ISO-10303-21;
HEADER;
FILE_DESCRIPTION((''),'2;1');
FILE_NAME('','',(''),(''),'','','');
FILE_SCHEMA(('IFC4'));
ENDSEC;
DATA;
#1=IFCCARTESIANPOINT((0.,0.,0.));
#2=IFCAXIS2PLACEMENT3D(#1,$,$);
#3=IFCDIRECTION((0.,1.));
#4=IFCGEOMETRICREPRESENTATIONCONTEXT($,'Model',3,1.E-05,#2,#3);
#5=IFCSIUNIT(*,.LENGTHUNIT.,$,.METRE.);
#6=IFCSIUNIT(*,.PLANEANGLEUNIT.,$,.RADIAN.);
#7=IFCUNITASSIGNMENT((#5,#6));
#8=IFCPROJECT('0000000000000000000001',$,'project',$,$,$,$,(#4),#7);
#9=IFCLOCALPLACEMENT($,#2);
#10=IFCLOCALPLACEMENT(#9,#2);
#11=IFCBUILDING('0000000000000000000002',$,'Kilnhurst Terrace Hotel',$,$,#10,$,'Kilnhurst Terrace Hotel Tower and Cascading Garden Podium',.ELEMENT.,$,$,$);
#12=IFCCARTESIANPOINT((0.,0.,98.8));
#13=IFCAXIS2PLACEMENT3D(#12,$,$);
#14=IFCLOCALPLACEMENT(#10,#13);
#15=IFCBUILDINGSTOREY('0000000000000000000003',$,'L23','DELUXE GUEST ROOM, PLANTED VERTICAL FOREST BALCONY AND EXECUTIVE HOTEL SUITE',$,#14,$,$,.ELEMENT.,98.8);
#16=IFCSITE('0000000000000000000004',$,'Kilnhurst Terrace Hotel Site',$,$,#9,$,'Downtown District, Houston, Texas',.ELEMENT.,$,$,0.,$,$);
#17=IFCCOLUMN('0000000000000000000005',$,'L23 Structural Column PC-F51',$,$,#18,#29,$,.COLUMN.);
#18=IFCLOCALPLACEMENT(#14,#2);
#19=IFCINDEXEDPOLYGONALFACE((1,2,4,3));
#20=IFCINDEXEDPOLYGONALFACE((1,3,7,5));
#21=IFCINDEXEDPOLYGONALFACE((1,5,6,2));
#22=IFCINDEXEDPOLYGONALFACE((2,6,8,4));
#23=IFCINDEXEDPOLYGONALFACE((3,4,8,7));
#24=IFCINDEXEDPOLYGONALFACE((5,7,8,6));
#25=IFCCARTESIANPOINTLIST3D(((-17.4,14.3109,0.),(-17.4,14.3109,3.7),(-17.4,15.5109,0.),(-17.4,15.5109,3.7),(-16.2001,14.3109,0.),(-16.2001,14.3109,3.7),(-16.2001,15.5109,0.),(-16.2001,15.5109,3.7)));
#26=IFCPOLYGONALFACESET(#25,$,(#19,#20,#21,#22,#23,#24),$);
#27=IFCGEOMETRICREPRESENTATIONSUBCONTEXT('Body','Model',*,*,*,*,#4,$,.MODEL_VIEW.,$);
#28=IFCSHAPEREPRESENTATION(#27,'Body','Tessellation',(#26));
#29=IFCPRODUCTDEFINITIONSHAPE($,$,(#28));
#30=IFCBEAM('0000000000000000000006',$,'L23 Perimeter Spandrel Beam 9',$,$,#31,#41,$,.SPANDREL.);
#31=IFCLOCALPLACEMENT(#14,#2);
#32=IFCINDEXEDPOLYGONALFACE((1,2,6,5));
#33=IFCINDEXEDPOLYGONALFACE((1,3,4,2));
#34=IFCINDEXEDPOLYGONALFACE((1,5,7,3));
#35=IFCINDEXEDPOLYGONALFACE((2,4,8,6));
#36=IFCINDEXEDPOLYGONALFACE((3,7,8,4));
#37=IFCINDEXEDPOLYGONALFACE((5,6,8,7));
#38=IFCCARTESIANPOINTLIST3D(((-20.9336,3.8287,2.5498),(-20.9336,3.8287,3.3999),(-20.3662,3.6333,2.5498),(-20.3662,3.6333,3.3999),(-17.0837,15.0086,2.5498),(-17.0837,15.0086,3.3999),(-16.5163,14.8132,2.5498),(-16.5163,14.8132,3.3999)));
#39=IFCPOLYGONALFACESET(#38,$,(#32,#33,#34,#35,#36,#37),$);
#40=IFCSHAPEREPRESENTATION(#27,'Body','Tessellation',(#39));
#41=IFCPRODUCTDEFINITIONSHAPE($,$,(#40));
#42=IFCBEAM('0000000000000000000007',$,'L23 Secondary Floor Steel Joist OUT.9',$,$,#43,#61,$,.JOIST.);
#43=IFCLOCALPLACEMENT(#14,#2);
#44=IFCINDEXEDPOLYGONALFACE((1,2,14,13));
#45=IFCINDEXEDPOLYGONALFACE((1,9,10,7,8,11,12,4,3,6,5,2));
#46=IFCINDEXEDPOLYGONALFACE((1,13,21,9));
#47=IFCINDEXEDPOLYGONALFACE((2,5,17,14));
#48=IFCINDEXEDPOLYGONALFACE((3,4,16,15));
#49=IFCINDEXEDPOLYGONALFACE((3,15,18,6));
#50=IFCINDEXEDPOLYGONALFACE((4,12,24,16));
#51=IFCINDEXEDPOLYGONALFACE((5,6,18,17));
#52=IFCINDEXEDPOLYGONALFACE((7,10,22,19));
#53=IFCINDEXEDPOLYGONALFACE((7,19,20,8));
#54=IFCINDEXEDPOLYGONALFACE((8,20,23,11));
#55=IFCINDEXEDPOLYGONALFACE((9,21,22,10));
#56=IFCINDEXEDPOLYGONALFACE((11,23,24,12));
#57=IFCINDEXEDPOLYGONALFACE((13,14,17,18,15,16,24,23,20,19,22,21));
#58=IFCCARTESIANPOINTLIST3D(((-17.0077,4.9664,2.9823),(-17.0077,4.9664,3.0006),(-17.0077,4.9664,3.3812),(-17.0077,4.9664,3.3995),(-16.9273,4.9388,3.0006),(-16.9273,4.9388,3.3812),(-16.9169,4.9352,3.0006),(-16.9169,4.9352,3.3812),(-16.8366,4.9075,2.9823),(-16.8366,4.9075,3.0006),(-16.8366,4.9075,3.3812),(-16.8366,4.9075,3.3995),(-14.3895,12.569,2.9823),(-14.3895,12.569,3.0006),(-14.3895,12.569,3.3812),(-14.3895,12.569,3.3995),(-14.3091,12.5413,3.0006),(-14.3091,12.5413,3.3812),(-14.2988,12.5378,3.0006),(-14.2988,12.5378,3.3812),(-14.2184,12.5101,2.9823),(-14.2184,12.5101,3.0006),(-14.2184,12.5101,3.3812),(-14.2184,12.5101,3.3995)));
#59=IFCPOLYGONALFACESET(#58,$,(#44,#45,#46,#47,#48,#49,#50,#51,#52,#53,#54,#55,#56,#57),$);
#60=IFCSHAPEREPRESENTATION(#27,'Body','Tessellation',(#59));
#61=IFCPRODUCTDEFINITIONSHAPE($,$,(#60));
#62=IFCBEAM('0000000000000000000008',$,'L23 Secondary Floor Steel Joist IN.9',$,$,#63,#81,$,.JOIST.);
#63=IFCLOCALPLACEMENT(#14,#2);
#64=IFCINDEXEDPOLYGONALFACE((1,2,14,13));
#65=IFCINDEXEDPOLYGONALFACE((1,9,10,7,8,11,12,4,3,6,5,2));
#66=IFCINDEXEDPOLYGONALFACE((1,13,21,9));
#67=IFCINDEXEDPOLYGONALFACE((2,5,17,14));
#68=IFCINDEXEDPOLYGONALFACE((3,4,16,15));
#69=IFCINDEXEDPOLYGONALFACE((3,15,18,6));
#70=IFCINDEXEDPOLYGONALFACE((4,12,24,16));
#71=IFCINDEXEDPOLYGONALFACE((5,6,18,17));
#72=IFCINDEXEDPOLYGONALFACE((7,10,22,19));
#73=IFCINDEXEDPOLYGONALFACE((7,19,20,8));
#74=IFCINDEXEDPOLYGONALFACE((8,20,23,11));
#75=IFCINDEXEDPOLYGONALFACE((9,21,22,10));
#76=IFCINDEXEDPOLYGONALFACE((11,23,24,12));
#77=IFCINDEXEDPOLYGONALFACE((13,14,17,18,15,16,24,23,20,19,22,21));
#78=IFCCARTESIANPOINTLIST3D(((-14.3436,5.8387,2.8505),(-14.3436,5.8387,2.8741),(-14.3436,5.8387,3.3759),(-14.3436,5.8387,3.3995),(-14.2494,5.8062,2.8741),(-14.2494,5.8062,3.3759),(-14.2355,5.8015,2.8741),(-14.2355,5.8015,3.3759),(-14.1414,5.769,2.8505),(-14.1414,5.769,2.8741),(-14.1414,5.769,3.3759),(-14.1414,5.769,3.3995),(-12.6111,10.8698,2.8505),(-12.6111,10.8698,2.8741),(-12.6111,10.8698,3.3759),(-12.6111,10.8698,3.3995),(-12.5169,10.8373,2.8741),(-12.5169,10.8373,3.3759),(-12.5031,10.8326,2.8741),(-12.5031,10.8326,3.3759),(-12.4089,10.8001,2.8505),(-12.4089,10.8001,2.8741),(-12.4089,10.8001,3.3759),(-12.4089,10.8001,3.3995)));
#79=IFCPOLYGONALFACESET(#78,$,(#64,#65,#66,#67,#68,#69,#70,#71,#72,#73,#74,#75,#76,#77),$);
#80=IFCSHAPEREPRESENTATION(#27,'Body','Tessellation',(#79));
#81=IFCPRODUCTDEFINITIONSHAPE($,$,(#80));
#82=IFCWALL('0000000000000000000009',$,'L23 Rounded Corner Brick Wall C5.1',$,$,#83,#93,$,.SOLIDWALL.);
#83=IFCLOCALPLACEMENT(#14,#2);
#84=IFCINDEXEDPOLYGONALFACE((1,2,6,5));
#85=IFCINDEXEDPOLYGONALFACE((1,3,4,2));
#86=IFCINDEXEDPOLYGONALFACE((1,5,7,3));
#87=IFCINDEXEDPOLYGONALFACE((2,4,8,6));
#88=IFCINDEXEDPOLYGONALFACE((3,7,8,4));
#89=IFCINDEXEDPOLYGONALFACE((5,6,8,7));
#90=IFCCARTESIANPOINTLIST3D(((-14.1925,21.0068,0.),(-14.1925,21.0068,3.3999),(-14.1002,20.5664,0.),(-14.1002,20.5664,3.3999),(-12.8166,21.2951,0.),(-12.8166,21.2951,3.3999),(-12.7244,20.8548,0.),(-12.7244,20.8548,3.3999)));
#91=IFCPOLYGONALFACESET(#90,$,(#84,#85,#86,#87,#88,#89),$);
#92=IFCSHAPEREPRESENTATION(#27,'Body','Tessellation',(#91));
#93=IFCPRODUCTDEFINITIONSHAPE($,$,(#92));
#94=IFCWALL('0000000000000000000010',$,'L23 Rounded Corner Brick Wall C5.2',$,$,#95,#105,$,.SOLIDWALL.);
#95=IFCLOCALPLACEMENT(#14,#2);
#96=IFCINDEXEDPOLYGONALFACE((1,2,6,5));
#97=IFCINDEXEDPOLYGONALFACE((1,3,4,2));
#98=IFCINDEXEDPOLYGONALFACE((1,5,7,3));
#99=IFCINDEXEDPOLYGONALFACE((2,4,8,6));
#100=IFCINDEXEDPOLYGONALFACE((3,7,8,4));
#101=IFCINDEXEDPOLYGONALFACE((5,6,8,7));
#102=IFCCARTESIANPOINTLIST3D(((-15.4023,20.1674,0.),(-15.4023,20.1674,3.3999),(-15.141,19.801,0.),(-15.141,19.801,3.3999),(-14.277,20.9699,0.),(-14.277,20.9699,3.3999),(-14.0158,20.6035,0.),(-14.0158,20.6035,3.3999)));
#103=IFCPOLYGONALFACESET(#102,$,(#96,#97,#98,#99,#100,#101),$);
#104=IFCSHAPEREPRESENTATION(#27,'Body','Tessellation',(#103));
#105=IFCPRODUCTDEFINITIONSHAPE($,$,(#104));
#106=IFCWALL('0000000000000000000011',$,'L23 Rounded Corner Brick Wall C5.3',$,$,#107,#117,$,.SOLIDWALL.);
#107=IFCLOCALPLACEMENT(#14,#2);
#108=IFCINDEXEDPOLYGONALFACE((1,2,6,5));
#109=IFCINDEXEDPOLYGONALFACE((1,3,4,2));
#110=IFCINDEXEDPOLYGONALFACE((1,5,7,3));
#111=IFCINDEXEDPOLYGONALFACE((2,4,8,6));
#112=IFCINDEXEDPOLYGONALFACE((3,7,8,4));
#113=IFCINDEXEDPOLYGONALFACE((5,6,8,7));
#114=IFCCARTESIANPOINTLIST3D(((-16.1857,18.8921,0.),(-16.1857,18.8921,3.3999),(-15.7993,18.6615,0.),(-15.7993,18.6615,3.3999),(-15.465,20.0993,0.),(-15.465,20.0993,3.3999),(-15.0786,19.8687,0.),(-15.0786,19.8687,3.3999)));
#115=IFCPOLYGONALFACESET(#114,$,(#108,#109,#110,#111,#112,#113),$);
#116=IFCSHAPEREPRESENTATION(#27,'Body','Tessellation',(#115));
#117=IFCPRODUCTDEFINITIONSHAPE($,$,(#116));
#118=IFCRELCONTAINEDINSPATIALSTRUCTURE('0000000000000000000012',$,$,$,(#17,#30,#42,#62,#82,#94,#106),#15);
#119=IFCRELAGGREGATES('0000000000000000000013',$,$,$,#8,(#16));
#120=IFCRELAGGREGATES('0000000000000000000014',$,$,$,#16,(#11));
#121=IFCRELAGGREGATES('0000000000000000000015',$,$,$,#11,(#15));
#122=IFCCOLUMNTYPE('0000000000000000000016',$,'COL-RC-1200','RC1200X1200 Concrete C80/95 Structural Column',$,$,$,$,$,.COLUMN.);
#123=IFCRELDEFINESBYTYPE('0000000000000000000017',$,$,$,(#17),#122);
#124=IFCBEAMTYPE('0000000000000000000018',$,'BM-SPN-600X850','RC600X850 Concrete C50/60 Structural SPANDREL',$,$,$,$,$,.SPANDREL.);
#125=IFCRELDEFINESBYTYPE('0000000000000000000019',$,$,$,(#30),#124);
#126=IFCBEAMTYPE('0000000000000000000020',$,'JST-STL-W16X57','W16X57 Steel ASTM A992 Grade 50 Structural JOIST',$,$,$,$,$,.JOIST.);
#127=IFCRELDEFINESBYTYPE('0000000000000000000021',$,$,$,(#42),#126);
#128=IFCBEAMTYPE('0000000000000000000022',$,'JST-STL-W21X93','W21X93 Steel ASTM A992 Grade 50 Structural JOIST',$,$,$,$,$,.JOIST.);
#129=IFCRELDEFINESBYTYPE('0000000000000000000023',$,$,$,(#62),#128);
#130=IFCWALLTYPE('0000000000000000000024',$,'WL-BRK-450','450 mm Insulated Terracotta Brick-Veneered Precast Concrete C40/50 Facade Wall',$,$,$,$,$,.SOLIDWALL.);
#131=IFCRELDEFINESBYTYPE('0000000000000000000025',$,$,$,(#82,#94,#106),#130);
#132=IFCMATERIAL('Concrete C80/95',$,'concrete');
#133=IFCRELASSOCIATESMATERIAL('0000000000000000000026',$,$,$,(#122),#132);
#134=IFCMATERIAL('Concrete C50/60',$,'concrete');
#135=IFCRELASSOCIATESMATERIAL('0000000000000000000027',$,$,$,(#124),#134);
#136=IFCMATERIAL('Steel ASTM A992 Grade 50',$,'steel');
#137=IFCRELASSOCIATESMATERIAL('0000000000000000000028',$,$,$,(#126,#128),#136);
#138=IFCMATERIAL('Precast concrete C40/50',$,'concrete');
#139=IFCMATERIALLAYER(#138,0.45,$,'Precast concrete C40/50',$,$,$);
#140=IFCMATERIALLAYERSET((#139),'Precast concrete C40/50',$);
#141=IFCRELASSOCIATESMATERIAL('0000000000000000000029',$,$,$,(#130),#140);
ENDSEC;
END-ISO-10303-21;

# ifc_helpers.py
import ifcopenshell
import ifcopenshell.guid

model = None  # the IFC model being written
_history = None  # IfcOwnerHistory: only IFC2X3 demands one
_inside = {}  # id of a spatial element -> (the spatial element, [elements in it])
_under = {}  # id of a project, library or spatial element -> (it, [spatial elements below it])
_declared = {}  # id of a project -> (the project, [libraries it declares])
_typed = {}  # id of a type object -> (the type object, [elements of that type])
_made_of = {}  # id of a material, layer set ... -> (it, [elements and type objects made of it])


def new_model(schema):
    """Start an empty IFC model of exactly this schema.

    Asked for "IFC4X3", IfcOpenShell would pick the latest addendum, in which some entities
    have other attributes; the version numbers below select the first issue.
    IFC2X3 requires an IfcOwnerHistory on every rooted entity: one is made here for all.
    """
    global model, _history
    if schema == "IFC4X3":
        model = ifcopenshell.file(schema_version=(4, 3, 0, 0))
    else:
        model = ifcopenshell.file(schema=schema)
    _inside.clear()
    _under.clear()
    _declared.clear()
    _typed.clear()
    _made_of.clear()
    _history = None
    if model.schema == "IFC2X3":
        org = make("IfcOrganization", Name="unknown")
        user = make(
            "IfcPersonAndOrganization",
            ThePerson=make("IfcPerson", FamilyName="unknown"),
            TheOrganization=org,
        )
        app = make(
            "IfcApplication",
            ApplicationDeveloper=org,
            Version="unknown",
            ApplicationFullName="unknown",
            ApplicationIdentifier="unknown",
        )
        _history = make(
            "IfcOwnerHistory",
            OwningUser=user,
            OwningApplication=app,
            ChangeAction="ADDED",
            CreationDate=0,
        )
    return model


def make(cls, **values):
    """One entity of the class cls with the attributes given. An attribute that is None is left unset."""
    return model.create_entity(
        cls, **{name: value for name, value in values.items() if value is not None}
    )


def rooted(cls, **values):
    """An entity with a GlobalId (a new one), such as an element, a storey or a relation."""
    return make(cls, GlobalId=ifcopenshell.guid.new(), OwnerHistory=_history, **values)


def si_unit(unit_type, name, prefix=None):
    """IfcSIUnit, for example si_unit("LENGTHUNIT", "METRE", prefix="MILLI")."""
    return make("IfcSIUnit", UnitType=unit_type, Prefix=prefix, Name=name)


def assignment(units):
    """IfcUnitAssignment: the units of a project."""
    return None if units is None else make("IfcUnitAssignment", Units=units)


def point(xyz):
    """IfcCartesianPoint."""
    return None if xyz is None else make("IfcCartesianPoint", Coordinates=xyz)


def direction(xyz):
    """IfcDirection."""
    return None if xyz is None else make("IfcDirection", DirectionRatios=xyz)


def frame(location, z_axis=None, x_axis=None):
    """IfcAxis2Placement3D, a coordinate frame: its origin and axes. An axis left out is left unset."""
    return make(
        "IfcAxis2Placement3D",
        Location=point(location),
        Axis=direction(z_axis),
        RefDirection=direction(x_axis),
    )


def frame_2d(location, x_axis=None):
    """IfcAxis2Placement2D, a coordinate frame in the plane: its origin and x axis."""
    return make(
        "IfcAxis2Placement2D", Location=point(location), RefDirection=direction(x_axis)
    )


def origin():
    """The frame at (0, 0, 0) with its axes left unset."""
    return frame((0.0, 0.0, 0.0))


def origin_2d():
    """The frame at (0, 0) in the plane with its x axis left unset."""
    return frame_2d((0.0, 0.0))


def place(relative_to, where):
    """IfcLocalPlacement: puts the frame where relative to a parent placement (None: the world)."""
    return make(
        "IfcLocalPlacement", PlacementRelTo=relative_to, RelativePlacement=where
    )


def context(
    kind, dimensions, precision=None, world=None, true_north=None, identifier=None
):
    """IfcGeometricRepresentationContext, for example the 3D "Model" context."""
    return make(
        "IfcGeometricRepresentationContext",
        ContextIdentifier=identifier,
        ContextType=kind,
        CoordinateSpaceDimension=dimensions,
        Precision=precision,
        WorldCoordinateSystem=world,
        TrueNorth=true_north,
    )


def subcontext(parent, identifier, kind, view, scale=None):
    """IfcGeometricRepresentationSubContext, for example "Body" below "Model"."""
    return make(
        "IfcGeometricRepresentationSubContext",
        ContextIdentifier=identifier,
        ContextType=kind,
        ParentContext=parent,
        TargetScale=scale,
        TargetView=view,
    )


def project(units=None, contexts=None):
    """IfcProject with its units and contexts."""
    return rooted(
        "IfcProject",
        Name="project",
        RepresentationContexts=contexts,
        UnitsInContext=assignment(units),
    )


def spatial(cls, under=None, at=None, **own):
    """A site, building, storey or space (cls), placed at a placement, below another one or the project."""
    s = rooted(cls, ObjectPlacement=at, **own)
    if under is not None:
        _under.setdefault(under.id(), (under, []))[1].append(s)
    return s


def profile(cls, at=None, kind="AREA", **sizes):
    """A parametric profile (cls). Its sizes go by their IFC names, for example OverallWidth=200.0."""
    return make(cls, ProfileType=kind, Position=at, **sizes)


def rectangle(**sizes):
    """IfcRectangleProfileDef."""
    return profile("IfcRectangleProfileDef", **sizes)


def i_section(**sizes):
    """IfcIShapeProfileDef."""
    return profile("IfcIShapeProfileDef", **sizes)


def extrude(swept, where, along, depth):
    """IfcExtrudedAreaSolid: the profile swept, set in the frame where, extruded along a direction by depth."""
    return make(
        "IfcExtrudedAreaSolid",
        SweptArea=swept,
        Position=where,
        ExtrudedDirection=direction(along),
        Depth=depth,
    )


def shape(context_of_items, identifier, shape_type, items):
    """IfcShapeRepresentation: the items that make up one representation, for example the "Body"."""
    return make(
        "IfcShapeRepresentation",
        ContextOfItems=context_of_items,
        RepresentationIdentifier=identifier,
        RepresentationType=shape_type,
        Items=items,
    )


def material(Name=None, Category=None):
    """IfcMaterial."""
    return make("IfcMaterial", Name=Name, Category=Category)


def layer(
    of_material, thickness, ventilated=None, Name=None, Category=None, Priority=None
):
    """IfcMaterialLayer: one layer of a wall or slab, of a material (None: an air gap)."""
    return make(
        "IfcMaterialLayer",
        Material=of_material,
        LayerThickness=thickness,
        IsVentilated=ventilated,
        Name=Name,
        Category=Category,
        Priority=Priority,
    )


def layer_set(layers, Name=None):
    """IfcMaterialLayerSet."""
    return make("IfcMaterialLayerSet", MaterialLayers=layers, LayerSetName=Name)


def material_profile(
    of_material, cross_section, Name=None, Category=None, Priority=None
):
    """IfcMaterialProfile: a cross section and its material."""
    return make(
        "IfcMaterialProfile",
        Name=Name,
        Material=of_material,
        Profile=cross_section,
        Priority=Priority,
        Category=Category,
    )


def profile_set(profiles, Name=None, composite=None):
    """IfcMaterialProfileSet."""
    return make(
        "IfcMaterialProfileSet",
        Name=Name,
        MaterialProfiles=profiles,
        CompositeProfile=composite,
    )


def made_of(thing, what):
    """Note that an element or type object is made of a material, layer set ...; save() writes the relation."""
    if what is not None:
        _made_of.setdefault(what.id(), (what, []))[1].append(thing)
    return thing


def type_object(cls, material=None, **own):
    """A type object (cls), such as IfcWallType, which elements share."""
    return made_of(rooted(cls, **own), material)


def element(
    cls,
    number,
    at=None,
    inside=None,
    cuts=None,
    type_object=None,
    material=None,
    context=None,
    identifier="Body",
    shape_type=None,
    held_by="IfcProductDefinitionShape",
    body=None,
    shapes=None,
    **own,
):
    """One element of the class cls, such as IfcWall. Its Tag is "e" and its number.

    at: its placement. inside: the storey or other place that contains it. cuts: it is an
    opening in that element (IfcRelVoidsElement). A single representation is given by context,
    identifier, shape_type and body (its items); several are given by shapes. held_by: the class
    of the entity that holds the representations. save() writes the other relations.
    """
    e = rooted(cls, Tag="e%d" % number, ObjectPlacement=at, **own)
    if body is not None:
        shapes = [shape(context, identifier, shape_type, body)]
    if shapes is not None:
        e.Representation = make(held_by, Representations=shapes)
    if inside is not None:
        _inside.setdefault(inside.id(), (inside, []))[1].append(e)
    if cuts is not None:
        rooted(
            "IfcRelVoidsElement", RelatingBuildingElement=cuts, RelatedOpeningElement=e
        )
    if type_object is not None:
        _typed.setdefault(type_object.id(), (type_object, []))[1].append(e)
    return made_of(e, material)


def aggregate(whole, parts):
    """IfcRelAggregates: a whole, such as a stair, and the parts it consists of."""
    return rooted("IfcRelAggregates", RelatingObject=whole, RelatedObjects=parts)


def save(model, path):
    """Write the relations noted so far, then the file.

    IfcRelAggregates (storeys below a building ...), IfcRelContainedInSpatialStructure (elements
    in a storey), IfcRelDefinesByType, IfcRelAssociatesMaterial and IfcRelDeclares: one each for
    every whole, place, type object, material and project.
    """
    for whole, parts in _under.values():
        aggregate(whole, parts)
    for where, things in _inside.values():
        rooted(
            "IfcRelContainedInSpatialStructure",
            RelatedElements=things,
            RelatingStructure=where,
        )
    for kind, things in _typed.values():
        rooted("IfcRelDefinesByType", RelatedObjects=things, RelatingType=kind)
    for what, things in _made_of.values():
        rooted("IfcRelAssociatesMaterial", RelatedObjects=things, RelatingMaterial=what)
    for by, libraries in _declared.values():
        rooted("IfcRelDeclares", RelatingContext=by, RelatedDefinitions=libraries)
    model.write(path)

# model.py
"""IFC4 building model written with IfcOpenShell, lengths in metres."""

from ifc_helpers import new_model, si_unit, direction, frame, frame_2d, origin, origin_2d, place, context, subcontext, project, spatial, rectangle, i_section, extrude, material, layer, layer_set, material_profile, profile_set, type_object, element, save


model = new_model("IFC4")

# Units and contexts
model_context = context("Model", 3, precision=1e-05, world=origin(), true_north=direction((0.0, 1.0)))
body_context = subcontext(model_context, "Body", "Model", "MODEL_VIEW")
ifc_project = project(units=[si_unit("LENGTHUNIT", "METRE"), si_unit("PLANEANGLEUNIT", "RADIAN")], contexts=[model_context])

# Site, building, storey
site_placement = place(None, origin())
site = spatial("IfcSite", under=ifc_project, at=site_placement, Name="Kilnhurst Terrace Hotel Site", LongName="Downtown District, Houston, Texas", CompositionType="ELEMENT", RefElevation=0.0)
building_placement = place(site_placement, origin())
building = spatial("IfcBuilding", under=site, at=building_placement, Name="Kilnhurst Terrace Hotel", LongName="Kilnhurst Terrace Hotel Tower and Cascading Garden Podium", CompositionType="ELEMENT")
storey_placement = place(building_placement, frame((0.0, 0.0, 98.8)))
storey = spatial("IfcBuildingStorey", under=building, at=storey_placement, Name="L23", Description="DELUXE GUEST ROOM, PLANTED VERTICAL FOREST BALCONY AND EXECUTIVE HOTEL SUITE", CompositionType="ELEMENT", Elevation=98.8)

# Column
ifc_material_1 = material(Name="Concrete C80/95", Category="concrete")
ifc_material_profile_1 = material_profile(ifc_material_1, rectangle(XDim=1.2, YDim=1.2, at=origin_2d()), Name="RC1200X1200")
ifc_profile_set_1 = profile_set([ifc_material_profile_1], Name="Concrete C80/95")
column_type = type_object("IfcColumnType", Name="COL-RC-1200", Description="RC1200X1200 Concrete C80/95 Structural Column", PredefinedType="COLUMN", material=ifc_profile_set_1)
column_placement = place(storey_placement, frame((-16.8, 14.9109, 0.0), z_axis=(0.0, 0.0, 1.0), x_axis=(1.0, 0.0, 0.0)))
element("IfcColumn", 1, at=column_placement, inside=storey, type_object=column_type, Name="L23 Structural Column PC-F51", PredefinedType="COLUMN", context=body_context, shape_type="SweptSolid", body=[
    extrude(rectangle(XDim=1.2, YDim=1.2, at=origin_2d()), origin(), (0.0, 0.0, 1.0), 3.7),
])

# Beams
ifc_material_2 = material(Name="Concrete C50/60", Category="concrete")
ifc_material_profile_2 = material_profile(ifc_material_2, rectangle(XDim=0.6001, YDim=0.8501, at=origin_2d()), Name="RC600X850")
ifc_profile_set_2 = profile_set([ifc_material_profile_2], Name="Concrete C50/60")
beam_type_1 = type_object("IfcBeamType", Name="BM-SPN-600X850", Description="RC600X850 Concrete C50/60 Structural SPANDREL", PredefinedType="SPANDREL", material=ifc_profile_set_2)
beam_1_placement = place(storey_placement, frame((-16.8, 14.9109, 2.9749), z_axis=(-0.32559, -0.945511, 0.0), x_axis=(0.945511, -0.32559, 0.0)))
element("IfcBeam", 2, at=beam_1_placement, inside=storey, type_object=beam_type_1, Name="L23 Perimeter Spandrel Beam 9", PredefinedType="SPANDREL", context=body_context, shape_type="SweptSolid", body=[
    extrude(rectangle(XDim=0.6001, YDim=0.8501, at=origin_2d()), origin(), (0.0, 0.0, 1.0), 11.8242),
])
ifc_material_3 = material(Name="Steel ASTM A992 Grade 50", Category="steel")
ifc_material_profile_3 = material_profile(ifc_material_3, i_section(OverallWidth=0.1809, OverallDepth=0.4172, WebThickness=0.011, FlangeThickness=0.0183, at=origin_2d()), Name="W16X57")
ifc_profile_set_3 = profile_set([ifc_material_profile_3], Name="Steel ASTM A992 Grade 50")
beam_type_2 = type_object("IfcBeamType", Name="JST-STL-W16X57", Description="W16X57 Steel ASTM A992 Grade 50 Structural JOIST", PredefinedType="JOIST", material=ifc_profile_set_3)
beam_2_placement = place(storey_placement, frame((-14.304, 12.5396, 3.1909), z_axis=(-0.325613, -0.945503, 0.0), x_axis=(0.945503, -0.325613, 0.0)))
element("IfcBeam", 3, at=beam_2_placement, inside=storey, type_object=beam_type_2, Name="L23 Secondary Floor Steel Joist OUT.9", PredefinedType="JOIST", context=body_context, shape_type="SweptSolid", body=[
    extrude(i_section(OverallWidth=0.1809, OverallDepth=0.4172, WebThickness=0.011, FlangeThickness=0.0183, at=origin_2d()), origin(), (0.0, 0.0, 1.0), 8.0408),
])
ifc_material_profile_4 = material_profile(ifc_material_3, i_section(OverallWidth=0.2139, OverallDepth=0.5491, WebThickness=0.0146, FlangeThickness=0.0237, at=origin_2d()), Name="W21X93")
ifc_profile_set_4 = profile_set([ifc_material_profile_4], Name="Steel ASTM A992 Grade 50")
beam_type_3 = type_object("IfcBeamType", Name="JST-STL-W21X93", Description="W21X93 Steel ASTM A992 Grade 50 Structural JOIST", PredefinedType="JOIST", material=ifc_profile_set_4)
beam_3_placement = place(storey_placement, frame((-12.51, 10.835, 3.125), z_axis=(-0.325586, -0.945512, 0.0), x_axis=(0.945512, -0.325586, 0.0)))
element("IfcBeam", 4, at=beam_3_placement, inside=storey, type_object=beam_type_3, Name="L23 Secondary Floor Steel Joist IN.9", PredefinedType="JOIST", context=body_context, shape_type="SweptSolid", body=[
    extrude(i_section(OverallWidth=0.2139, OverallDepth=0.5491, WebThickness=0.0146, FlangeThickness=0.0237, at=origin_2d()), origin(), (0.0, 0.0, 1.0), 5.321),
])

# Walls
ifc_material_4 = material(Name="Precast concrete C40/50", Category="concrete")
ifc_layer_1 = layer(ifc_material_4, 0.45, Name="Precast concrete C40/50")
ifc_layer_set_1 = layer_set([ifc_layer_1], Name="Precast concrete C40/50")
wall_type_1 = type_object("IfcWallType", Name="WL-BRK-450", Description="450 mm Insulated Terracotta Brick-Veneered Precast Concrete C40/50 Facade Wall", PredefinedType="SOLIDWALL", material=ifc_layer_set_1)
wall_1_placement = place(storey_placement, frame((-12.7705, 21.075, 0.0), z_axis=(0.0, 0.0, 1.0), x_axis=(-0.978743, -0.205091, 0.0)))
element("IfcWall", 5, at=wall_1_placement, inside=storey, type_object=wall_type_1, Name="L23 Rounded Corner Brick Wall C5.1", PredefinedType="SOLIDWALL", context=body_context, shape_type="SweptSolid", body=[
    extrude(rectangle(XDim=1.4058, YDim=0.45, at=frame_2d((0.7029, 0.0))), origin(), (0.0, 0.0, 1.0), 3.3999),
])
wall_2_placement = place(storey_placement, frame((-14.1465, 20.7866, 0.0), z_axis=(0.0, 0.0, 1.0), x_axis=(-0.814163, -0.580636, 0.0)))
element("IfcWall", 6, at=wall_2_placement, inside=storey, type_object=wall_type_1, Name="L23 Rounded Corner Brick Wall C5.2", PredefinedType="SOLIDWALL", context=body_context, shape_type="SweptSolid", body=[
    extrude(rectangle(XDim=1.3821, YDim=0.45, at=frame_2d((0.6909, 0.0))), origin(), (0.0, 0.0, 1.0), 3.3999),
])
wall_3_placement = place(storey_placement, frame((-15.2717, 19.9841, 0.0), z_axis=(0.0, 0.0, 1.0), x_axis=(-0.512579, -0.85864, 0.0)))
element("IfcWall", 7, at=wall_3_placement, inside=storey, type_object=wall_type_1, Name="L23 Rounded Corner Brick Wall C5.3", PredefinedType="SOLIDWALL", context=body_context, shape_type="SweptSolid", body=[
    extrude(rectangle(XDim=1.406, YDim=0.45, at=frame_2d((0.7031, 0.0))), origin(), (0.0, 0.0, 1.0), 3.3999),
])

save(model, "model.ifc")
